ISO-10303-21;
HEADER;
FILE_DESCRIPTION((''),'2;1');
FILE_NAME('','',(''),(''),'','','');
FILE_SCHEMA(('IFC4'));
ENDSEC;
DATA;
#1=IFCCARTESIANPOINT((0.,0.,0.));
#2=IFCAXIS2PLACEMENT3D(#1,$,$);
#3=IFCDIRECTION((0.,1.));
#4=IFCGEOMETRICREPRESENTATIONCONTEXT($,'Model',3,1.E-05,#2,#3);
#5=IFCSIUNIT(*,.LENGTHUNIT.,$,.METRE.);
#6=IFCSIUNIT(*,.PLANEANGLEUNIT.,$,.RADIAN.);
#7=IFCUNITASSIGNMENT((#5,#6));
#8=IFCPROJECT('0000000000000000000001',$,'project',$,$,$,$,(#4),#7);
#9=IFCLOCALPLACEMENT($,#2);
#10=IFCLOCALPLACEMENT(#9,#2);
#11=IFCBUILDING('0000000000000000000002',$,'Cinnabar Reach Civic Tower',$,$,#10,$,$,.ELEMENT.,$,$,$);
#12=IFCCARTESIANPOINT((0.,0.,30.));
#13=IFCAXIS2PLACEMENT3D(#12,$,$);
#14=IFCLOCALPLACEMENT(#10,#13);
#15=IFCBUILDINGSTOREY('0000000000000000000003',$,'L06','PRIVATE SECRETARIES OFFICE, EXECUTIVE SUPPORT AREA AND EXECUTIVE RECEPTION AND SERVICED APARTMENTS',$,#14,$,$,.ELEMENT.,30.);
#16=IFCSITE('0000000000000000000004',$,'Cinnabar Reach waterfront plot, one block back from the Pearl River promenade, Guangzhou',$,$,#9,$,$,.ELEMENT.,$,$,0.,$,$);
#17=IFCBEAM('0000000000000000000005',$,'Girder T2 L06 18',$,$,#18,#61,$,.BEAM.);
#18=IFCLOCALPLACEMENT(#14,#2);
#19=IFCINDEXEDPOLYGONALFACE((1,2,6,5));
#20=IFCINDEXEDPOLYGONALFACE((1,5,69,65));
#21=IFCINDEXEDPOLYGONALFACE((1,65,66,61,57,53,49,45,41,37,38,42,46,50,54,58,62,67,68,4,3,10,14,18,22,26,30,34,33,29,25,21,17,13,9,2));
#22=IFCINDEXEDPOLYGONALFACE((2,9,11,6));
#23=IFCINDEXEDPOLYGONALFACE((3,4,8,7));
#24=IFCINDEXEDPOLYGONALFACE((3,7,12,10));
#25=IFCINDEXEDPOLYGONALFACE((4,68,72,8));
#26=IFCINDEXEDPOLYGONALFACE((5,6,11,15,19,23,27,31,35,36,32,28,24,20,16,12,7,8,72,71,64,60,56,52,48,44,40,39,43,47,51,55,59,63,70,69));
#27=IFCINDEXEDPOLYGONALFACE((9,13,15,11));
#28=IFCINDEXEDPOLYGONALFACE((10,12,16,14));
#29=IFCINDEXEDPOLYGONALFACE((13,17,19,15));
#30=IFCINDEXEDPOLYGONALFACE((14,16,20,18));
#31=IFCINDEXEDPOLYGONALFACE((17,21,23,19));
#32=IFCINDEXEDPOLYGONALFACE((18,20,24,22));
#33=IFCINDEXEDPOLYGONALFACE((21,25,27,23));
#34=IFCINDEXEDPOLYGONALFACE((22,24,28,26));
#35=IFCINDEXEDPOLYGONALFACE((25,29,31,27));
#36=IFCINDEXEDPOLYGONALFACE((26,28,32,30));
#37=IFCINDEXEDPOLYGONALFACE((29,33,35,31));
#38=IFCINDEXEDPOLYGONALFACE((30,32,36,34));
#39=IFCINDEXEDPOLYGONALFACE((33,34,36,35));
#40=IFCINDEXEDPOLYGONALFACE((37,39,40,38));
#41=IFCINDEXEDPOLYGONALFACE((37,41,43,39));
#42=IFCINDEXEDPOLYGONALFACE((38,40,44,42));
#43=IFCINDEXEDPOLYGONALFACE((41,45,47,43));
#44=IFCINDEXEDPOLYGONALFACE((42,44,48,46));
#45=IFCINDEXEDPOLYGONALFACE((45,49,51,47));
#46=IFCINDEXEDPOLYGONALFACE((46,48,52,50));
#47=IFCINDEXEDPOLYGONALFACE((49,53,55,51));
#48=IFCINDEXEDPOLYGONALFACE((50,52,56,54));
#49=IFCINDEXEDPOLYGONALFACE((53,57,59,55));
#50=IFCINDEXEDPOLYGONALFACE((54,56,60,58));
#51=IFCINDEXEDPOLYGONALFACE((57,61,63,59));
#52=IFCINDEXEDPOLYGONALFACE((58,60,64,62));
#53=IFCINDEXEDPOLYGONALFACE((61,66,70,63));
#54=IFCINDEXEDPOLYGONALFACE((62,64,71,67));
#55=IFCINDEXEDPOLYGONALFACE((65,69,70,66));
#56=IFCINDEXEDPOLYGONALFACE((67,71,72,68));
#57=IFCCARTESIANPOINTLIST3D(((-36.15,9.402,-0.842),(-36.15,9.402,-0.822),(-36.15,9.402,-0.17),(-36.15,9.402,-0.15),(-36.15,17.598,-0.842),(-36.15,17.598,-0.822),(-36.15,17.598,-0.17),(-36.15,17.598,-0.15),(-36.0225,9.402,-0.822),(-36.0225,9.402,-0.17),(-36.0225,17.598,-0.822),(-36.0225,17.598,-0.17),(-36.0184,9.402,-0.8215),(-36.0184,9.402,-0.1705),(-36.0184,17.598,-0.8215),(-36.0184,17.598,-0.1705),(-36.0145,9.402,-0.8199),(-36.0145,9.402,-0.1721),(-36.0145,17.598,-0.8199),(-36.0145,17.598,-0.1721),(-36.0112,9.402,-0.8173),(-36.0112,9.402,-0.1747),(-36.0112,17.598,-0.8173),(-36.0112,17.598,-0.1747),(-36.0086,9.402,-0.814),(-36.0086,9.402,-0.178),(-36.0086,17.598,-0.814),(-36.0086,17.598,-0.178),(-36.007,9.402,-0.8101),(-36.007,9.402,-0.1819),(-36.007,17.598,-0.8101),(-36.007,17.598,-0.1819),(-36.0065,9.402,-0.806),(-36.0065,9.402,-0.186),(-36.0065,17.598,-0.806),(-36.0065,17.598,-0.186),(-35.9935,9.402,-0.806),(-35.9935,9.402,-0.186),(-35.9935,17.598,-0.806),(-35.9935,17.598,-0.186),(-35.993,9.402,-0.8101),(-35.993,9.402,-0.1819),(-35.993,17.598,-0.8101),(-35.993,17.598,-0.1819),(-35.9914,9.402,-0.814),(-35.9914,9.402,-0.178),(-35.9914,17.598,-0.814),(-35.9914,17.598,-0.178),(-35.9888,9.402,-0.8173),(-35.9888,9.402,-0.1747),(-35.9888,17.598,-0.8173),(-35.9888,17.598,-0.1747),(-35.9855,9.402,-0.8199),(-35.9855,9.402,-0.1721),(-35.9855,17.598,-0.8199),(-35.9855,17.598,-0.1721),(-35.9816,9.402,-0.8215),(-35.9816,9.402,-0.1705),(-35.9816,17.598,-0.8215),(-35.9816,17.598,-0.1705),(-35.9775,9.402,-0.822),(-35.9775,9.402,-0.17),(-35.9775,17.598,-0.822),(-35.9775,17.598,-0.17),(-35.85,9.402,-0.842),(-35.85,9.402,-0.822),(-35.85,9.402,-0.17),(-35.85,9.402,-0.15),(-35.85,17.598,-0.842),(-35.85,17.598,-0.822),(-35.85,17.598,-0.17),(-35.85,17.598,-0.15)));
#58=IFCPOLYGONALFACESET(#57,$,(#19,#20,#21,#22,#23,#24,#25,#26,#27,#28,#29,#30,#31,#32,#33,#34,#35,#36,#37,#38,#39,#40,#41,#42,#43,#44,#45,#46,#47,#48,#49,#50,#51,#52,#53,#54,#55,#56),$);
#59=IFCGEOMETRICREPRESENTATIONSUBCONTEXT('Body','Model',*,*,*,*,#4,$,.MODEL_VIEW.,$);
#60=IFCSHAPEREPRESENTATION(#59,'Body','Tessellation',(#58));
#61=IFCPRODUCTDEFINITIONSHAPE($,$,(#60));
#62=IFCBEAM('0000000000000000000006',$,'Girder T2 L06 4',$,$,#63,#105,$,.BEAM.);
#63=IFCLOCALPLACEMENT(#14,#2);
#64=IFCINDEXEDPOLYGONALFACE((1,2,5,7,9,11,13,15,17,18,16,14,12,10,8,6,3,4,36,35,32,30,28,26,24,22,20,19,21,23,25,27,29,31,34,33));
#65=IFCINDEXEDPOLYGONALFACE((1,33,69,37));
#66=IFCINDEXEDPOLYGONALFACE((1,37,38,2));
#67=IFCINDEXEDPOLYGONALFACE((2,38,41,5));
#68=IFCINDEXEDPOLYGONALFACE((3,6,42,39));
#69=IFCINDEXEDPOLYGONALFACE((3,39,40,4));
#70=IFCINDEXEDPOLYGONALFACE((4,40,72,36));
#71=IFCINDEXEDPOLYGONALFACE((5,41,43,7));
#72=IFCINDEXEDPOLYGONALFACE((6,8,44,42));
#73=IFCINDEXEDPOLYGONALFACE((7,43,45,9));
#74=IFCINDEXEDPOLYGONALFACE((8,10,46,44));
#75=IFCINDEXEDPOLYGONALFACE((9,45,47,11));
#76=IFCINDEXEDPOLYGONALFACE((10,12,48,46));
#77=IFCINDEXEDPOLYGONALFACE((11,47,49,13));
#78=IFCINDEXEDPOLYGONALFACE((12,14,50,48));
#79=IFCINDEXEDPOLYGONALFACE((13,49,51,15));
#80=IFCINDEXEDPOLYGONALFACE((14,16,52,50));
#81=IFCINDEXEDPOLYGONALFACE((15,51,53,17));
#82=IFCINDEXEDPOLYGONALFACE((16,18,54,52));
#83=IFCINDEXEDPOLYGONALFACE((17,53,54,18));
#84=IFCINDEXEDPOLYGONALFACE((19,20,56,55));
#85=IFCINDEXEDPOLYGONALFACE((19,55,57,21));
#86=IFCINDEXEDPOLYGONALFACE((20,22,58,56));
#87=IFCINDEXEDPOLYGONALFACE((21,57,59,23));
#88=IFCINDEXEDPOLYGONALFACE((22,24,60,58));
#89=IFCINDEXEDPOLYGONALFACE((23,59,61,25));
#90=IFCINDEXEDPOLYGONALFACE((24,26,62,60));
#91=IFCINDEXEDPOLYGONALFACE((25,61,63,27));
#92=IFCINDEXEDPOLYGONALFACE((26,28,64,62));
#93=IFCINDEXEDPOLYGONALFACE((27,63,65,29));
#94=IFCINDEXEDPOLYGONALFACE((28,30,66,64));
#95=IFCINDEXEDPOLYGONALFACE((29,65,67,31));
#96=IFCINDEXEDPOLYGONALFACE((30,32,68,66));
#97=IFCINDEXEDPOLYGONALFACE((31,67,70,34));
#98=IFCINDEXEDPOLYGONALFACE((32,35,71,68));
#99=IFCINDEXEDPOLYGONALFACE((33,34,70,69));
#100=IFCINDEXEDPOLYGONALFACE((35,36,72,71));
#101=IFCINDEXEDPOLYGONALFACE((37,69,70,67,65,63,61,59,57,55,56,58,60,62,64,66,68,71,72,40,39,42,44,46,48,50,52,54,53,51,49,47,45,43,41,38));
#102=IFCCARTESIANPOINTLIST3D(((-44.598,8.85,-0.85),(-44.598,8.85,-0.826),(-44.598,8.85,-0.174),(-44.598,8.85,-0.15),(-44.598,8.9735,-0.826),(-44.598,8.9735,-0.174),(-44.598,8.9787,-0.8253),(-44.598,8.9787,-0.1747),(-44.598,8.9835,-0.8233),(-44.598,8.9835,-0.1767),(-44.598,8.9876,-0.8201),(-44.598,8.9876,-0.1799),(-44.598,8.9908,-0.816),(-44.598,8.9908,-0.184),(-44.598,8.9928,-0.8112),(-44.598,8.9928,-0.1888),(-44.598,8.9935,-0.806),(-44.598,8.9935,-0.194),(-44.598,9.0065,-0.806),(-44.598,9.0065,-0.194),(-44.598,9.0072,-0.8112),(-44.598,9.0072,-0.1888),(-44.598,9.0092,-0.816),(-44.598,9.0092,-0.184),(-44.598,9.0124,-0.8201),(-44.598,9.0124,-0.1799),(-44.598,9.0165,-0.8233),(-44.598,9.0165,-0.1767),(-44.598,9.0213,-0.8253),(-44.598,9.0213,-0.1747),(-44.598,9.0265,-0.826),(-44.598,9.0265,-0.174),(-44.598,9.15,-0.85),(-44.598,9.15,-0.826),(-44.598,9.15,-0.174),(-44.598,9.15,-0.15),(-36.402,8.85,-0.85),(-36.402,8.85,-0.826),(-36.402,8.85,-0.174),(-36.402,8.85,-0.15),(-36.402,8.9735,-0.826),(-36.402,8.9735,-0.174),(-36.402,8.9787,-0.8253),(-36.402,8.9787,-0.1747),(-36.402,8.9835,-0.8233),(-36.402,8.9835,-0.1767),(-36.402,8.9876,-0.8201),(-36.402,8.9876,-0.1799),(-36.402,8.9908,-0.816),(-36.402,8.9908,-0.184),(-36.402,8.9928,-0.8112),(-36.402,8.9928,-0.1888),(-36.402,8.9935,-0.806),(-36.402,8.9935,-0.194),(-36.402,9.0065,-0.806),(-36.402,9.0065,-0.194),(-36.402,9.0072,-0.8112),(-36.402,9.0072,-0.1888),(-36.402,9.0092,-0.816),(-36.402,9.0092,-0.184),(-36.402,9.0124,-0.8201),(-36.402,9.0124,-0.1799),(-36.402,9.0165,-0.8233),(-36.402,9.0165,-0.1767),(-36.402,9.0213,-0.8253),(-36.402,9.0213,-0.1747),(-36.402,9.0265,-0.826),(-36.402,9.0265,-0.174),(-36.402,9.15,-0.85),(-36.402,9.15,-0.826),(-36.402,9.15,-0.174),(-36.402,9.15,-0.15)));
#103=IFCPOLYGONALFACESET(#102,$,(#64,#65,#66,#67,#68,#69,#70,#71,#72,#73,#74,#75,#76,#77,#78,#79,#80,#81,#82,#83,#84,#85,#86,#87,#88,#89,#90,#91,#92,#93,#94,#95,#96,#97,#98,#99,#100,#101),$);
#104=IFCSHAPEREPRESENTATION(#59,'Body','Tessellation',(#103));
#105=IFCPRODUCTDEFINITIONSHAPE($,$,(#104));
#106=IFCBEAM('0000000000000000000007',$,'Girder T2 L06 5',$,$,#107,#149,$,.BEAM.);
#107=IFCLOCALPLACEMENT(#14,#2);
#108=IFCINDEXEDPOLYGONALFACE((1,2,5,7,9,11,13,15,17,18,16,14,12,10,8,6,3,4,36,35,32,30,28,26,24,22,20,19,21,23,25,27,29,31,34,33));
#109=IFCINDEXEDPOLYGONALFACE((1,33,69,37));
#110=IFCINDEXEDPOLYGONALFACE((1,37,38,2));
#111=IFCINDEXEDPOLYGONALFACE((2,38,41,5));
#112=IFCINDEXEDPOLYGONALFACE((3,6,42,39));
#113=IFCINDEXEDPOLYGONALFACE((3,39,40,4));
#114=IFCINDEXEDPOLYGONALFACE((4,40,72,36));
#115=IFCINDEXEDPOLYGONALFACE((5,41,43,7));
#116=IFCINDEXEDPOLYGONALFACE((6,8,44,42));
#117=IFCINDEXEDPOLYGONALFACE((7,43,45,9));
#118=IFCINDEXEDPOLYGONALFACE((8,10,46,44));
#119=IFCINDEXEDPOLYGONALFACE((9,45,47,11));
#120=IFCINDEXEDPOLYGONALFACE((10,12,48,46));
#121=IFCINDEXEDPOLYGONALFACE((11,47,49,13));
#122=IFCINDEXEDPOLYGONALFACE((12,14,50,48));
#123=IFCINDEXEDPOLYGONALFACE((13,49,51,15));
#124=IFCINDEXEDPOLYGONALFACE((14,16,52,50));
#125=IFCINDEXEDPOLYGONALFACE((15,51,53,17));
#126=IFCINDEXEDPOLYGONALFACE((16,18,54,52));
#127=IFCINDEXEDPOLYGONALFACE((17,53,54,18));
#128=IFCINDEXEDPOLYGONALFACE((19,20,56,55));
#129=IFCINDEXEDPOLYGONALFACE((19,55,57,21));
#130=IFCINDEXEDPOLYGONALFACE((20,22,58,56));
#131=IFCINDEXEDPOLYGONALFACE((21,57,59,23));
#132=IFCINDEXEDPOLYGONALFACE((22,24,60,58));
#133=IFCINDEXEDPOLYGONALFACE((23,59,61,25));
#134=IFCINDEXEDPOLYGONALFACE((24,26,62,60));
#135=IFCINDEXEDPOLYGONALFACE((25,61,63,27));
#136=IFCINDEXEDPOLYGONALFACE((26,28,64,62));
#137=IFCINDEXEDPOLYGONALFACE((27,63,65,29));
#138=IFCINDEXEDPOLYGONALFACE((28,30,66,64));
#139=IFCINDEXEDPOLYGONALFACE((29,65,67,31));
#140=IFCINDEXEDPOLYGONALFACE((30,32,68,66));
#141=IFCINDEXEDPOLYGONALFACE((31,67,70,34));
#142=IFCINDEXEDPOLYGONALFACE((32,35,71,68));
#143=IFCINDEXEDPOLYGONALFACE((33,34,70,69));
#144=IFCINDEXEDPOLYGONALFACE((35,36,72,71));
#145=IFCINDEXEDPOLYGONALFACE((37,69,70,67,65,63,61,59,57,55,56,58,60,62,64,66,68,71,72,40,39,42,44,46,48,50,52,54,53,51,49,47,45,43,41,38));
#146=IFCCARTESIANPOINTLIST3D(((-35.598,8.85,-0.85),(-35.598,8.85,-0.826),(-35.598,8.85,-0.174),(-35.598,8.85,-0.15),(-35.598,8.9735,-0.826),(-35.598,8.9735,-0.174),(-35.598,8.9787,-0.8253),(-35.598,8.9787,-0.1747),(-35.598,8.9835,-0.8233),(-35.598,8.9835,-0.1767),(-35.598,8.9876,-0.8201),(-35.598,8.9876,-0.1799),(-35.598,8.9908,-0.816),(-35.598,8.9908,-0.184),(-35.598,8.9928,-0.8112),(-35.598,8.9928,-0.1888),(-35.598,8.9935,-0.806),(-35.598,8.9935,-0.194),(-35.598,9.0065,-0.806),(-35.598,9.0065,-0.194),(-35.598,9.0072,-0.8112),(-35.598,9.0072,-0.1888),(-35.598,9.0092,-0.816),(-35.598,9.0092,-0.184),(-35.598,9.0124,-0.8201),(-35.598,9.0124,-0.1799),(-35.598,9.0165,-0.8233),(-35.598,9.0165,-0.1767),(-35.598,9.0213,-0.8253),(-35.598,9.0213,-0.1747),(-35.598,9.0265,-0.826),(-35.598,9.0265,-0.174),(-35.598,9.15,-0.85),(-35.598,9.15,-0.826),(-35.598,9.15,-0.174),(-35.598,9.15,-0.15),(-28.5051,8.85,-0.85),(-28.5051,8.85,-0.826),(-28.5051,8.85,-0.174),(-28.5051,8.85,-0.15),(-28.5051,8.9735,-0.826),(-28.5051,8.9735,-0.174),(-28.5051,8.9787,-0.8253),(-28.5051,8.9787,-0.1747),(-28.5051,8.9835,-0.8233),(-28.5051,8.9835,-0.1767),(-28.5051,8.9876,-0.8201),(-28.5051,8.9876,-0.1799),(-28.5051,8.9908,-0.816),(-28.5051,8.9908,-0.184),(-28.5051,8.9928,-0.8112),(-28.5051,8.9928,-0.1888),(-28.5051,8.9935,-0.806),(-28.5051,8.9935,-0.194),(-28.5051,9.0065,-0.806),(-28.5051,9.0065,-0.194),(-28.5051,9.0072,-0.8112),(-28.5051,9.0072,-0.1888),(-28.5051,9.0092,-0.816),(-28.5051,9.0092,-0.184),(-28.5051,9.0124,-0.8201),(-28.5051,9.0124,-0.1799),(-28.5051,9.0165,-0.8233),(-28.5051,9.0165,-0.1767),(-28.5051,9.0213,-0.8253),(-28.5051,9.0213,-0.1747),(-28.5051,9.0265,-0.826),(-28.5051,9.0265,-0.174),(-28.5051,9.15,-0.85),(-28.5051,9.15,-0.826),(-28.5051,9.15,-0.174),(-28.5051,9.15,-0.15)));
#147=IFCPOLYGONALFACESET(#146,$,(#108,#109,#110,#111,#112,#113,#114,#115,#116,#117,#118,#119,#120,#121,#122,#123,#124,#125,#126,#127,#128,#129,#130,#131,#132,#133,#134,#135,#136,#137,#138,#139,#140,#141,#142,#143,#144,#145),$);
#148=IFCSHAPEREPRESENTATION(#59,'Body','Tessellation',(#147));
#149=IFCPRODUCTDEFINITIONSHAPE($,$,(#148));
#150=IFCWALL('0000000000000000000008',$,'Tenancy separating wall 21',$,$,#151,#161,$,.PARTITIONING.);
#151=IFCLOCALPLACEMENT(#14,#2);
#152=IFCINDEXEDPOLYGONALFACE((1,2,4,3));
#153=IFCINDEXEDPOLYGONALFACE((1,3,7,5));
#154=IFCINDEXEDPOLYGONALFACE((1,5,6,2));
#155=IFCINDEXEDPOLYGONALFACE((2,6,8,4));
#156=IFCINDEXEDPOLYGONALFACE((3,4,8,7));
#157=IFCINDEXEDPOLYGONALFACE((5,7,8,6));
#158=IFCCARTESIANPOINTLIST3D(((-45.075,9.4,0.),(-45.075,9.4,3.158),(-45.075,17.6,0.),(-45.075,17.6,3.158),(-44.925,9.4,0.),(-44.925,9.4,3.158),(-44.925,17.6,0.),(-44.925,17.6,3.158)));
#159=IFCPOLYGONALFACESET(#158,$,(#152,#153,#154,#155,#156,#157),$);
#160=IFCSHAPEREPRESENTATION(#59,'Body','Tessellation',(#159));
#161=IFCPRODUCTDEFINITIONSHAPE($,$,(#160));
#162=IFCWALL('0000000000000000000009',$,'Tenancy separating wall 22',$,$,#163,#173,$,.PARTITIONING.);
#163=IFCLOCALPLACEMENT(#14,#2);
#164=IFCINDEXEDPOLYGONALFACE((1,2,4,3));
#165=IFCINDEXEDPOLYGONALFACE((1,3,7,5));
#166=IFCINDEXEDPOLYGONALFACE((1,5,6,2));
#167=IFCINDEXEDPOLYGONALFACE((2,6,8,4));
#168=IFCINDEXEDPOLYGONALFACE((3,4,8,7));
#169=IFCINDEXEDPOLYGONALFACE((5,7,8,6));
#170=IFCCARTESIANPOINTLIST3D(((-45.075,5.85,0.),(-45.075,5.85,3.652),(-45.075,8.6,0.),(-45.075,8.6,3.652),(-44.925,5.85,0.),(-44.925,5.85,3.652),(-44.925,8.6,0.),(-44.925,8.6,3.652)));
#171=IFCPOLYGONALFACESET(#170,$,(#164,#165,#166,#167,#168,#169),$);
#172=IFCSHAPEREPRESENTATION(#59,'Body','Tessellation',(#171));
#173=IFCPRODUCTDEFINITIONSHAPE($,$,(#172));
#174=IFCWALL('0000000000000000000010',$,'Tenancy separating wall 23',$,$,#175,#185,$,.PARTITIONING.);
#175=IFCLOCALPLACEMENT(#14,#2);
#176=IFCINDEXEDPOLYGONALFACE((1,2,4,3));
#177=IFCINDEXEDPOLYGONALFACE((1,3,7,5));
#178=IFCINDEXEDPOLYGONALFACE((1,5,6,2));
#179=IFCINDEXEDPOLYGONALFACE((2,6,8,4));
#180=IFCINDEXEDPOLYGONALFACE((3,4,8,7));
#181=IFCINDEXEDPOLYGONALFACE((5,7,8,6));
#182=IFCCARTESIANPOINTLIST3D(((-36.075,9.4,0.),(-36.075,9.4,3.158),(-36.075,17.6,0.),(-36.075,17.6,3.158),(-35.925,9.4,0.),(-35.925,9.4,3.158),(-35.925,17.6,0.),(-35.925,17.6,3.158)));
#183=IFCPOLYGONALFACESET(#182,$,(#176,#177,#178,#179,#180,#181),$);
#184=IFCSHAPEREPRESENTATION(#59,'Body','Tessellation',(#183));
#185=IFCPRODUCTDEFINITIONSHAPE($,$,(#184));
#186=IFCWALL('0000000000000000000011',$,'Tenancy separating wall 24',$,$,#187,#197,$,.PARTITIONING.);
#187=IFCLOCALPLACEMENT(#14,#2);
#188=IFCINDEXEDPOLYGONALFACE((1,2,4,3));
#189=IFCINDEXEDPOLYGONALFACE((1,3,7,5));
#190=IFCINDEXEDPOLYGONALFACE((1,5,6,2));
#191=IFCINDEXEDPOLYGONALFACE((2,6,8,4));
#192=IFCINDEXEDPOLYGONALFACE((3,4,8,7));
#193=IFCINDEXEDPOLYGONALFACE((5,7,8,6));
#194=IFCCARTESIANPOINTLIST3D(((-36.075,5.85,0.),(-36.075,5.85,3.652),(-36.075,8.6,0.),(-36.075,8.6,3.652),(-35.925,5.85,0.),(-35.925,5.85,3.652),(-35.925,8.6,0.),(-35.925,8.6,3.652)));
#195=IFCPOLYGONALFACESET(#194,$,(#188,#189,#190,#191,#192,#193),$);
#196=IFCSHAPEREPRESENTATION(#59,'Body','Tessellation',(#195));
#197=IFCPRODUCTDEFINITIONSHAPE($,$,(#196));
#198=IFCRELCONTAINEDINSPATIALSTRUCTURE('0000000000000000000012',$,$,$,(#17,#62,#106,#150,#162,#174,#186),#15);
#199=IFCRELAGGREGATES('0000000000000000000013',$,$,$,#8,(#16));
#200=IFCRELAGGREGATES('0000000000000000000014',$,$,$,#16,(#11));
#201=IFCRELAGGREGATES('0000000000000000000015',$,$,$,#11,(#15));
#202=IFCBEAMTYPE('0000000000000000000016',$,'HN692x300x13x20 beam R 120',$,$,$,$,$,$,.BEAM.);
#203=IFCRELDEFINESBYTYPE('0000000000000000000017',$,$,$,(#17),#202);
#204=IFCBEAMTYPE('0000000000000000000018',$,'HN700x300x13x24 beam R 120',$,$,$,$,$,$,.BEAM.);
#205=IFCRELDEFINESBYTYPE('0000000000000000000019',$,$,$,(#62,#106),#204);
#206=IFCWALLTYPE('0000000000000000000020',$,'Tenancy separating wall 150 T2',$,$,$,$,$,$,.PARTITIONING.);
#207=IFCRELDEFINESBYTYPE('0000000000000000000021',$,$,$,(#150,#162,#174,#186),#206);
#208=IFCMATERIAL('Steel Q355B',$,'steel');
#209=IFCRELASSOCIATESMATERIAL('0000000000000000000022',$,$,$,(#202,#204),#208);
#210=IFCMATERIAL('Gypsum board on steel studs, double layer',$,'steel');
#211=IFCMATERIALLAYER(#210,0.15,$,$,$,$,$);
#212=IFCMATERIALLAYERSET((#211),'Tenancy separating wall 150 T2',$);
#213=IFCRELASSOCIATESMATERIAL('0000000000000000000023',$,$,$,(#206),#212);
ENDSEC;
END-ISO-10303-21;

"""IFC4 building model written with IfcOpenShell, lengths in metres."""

from ifc_helpers import new_model, si_unit, direction, frame, frame_2d, origin, origin_2d, place, context, subcontext, project, spatial, rectangle, i_section, extrude, material, layer, layer_set, material_profile, profile_set, type_object, element, save


model = new_model("IFC4")

# Units and contexts
model_context = context("Model", 3, precision=1e-05, world=origin(), true_north=direction((0.0, 1.0)))
body_context = subcontext(model_context, "Body", "Model", "MODEL_VIEW")
ifc_project = project(units=[si_unit("LENGTHUNIT", "METRE"), si_unit("PLANEANGLEUNIT", "RADIAN")], contexts=[model_context])

# Site, building, storey
site_placement = place(None, origin())
site = spatial("IfcSite", under=ifc_project, at=site_placement, Name="Cinnabar Reach waterfront plot, one block back from the Pearl River promenade, Guangzhou", CompositionType="ELEMENT", RefElevation=0.0)
building_placement = place(site_placement, origin())
building = spatial("IfcBuilding", under=site, at=building_placement, Name="Cinnabar Reach Civic Tower", CompositionType="ELEMENT")
storey_placement = place(building_placement, frame((0.0, 0.0, 30.0)))
storey = spatial("IfcBuildingStorey", under=building, at=storey_placement, Name="L06", Description="PRIVATE SECRETARIES OFFICE, EXECUTIVE SUPPORT AREA AND EXECUTIVE RECEPTION AND SERVICED APARTMENTS", CompositionType="ELEMENT", Elevation=30.0)

# Beams
ifc_material_1 = material(Name="Steel Q355B", Category="steel")
ifc_material_profile_1 = material_profile(ifc_material_1, i_section(OverallWidth=0.3, OverallDepth=0.692, WebThickness=0.013, FlangeThickness=0.02, FilletRadius=0.016, at=origin_2d()), Name="HN692x300x13x20")
ifc_profile_set_1 = profile_set([ifc_material_profile_1], Name="Steel Q355B")
beam_type_1 = type_object("IfcBeamType", Name="HN692x300x13x20 beam R 120", PredefinedType="BEAM", material=ifc_profile_set_1)
for number, where, z_axis, x_axis, name in (
    (1, (-36.0, 9.402, -0.496), (0.0, 1.0, 0.0), (-1.0, 0.0, 0.0), "Girder T2 L06 18"),
):
    element("IfcBeam", number, at=place(storey_placement, frame(where, z_axis=z_axis, x_axis=x_axis)), inside=storey, type_object=beam_type_1, Name=name, PredefinedType="BEAM", context=body_context, shape_type="SweptSolid", body=[
        extrude(i_section(OverallWidth=0.3, OverallDepth=0.692, WebThickness=0.013, FlangeThickness=0.02, FilletRadius=0.016, at=origin_2d()), origin(), (0.0, 0.0, 1.0), 8.196),
    ])
ifc_material_profile_2 = material_profile(ifc_material_1, i_section(OverallWidth=0.3, OverallDepth=0.7, WebThickness=0.013, FlangeThickness=0.024, FilletRadius=0.02, at=origin_2d()), Name="HN700x300x13x24")
ifc_profile_set_2 = profile_set([ifc_material_profile_2], Name="Steel Q355B")
beam_type_2 = type_object("IfcBeamType", Name="HN700x300x13x24 beam R 120", PredefinedType="BEAM", material=ifc_profile_set_2)
beam_1_placement = place(storey_placement, frame((-44.598, 9.0, -0.5), z_axis=(1.0, 0.0, 0.0), x_axis=(0.0, 1.0, 0.0)))
element("IfcBeam", 2, at=beam_1_placement, inside=storey, type_object=beam_type_2, Name="Girder T2 L06 4", PredefinedType="BEAM", context=body_context, shape_type="SweptSolid", body=[
    extrude(i_section(OverallWidth=0.3, OverallDepth=0.7, WebThickness=0.013, FlangeThickness=0.024, FilletRadius=0.02, at=origin_2d()), origin(), (0.0, 0.0, 1.0), 8.196),
])
beam_2_placement = place(storey_placement, frame((-35.598, 9.0, -0.5), z_axis=(1.0, 0.0, 0.0), x_axis=(0.0, 1.0, 0.0)))
element("IfcBeam", 3, at=beam_2_placement, inside=storey, type_object=beam_type_2, Name="Girder T2 L06 5", PredefinedType="BEAM", context=body_context, shape_type="SweptSolid", body=[
    extrude(i_section(OverallWidth=0.3, OverallDepth=0.7, WebThickness=0.013, FlangeThickness=0.024, FilletRadius=0.02, at=origin_2d()), origin(), (0.0, 0.0, 1.0), 7.0929),
])

# Walls
ifc_material_2 = material(Name="Gypsum board on steel studs, double layer", Category="steel")
ifc_layer = layer(ifc_material_2, 0.15)
ifc_layer_set = layer_set([ifc_layer], Name="Tenancy separating wall 150 T2")
wall_type = type_object("IfcWallType", Name="Tenancy separating wall 150 T2", PredefinedType="PARTITIONING", material=ifc_layer_set)
wall_1_placement = place(storey_placement, frame((-45.0, 9.4, 0.0), z_axis=(0.0, 0.0, 1.0), x_axis=(0.0, 1.0, 0.0)))
element("IfcWall", 4, at=wall_1_placement, inside=storey, type_object=wall_type, Name="Tenancy separating wall 21", PredefinedType="PARTITIONING", context=body_context, shape_type="SweptSolid", body=[
    extrude(rectangle(XDim=8.2, YDim=0.15, at=frame_2d((4.1, 0.0))), origin(), (0.0, 0.0, 1.0), 3.158),
])
wall_2_placement = place(storey_placement, frame((-45.0, 5.85, 0.0), z_axis=(0.0, 0.0, 1.0), x_axis=(0.0, 1.0, 0.0)))
element("IfcWall", 5, at=wall_2_placement, inside=storey, type_object=wall_type, Name="Tenancy separating wall 22", PredefinedType="PARTITIONING", context=body_context, shape_type="SweptSolid", body=[
    extrude(rectangle(XDim=2.75, YDim=0.15, at=frame_2d((1.375, 0.0))), origin(), (0.0, 0.0, 1.0), 3.652),
])
wall_3_placement = place(storey_placement, frame((-36.0, 9.4, 0.0), z_axis=(0.0, 0.0, 1.0), x_axis=(0.0, 1.0, 0.0)))
element("IfcWall", 6, at=wall_3_placement, inside=storey, type_object=wall_type, Name="Tenancy separating wall 23", PredefinedType="PARTITIONING", context=body_context, shape_type="SweptSolid", body=[
    extrude(rectangle(XDim=8.2, YDim=0.15, at=frame_2d((4.1, 0.0))), origin(), (0.0, 0.0, 1.0), 3.158),
])
wall_4_placement = place(storey_placement, frame((-36.0, 5.85, 0.0), z_axis=(0.0, 0.0, 1.0), x_axis=(0.0, 1.0, 0.0)))
element("IfcWall", 7, at=wall_4_placement, inside=storey, type_object=wall_type, Name="Tenancy separating wall 24", PredefinedType="PARTITIONING", context=body_context, shape_type="SweptSolid", body=[
    extrude(rectangle(XDim=2.75, YDim=0.15, at=frame_2d((1.375, 0.0))), origin(), (0.0, 0.0, 1.0), 3.652),
])

save(model, "model.ifc")
